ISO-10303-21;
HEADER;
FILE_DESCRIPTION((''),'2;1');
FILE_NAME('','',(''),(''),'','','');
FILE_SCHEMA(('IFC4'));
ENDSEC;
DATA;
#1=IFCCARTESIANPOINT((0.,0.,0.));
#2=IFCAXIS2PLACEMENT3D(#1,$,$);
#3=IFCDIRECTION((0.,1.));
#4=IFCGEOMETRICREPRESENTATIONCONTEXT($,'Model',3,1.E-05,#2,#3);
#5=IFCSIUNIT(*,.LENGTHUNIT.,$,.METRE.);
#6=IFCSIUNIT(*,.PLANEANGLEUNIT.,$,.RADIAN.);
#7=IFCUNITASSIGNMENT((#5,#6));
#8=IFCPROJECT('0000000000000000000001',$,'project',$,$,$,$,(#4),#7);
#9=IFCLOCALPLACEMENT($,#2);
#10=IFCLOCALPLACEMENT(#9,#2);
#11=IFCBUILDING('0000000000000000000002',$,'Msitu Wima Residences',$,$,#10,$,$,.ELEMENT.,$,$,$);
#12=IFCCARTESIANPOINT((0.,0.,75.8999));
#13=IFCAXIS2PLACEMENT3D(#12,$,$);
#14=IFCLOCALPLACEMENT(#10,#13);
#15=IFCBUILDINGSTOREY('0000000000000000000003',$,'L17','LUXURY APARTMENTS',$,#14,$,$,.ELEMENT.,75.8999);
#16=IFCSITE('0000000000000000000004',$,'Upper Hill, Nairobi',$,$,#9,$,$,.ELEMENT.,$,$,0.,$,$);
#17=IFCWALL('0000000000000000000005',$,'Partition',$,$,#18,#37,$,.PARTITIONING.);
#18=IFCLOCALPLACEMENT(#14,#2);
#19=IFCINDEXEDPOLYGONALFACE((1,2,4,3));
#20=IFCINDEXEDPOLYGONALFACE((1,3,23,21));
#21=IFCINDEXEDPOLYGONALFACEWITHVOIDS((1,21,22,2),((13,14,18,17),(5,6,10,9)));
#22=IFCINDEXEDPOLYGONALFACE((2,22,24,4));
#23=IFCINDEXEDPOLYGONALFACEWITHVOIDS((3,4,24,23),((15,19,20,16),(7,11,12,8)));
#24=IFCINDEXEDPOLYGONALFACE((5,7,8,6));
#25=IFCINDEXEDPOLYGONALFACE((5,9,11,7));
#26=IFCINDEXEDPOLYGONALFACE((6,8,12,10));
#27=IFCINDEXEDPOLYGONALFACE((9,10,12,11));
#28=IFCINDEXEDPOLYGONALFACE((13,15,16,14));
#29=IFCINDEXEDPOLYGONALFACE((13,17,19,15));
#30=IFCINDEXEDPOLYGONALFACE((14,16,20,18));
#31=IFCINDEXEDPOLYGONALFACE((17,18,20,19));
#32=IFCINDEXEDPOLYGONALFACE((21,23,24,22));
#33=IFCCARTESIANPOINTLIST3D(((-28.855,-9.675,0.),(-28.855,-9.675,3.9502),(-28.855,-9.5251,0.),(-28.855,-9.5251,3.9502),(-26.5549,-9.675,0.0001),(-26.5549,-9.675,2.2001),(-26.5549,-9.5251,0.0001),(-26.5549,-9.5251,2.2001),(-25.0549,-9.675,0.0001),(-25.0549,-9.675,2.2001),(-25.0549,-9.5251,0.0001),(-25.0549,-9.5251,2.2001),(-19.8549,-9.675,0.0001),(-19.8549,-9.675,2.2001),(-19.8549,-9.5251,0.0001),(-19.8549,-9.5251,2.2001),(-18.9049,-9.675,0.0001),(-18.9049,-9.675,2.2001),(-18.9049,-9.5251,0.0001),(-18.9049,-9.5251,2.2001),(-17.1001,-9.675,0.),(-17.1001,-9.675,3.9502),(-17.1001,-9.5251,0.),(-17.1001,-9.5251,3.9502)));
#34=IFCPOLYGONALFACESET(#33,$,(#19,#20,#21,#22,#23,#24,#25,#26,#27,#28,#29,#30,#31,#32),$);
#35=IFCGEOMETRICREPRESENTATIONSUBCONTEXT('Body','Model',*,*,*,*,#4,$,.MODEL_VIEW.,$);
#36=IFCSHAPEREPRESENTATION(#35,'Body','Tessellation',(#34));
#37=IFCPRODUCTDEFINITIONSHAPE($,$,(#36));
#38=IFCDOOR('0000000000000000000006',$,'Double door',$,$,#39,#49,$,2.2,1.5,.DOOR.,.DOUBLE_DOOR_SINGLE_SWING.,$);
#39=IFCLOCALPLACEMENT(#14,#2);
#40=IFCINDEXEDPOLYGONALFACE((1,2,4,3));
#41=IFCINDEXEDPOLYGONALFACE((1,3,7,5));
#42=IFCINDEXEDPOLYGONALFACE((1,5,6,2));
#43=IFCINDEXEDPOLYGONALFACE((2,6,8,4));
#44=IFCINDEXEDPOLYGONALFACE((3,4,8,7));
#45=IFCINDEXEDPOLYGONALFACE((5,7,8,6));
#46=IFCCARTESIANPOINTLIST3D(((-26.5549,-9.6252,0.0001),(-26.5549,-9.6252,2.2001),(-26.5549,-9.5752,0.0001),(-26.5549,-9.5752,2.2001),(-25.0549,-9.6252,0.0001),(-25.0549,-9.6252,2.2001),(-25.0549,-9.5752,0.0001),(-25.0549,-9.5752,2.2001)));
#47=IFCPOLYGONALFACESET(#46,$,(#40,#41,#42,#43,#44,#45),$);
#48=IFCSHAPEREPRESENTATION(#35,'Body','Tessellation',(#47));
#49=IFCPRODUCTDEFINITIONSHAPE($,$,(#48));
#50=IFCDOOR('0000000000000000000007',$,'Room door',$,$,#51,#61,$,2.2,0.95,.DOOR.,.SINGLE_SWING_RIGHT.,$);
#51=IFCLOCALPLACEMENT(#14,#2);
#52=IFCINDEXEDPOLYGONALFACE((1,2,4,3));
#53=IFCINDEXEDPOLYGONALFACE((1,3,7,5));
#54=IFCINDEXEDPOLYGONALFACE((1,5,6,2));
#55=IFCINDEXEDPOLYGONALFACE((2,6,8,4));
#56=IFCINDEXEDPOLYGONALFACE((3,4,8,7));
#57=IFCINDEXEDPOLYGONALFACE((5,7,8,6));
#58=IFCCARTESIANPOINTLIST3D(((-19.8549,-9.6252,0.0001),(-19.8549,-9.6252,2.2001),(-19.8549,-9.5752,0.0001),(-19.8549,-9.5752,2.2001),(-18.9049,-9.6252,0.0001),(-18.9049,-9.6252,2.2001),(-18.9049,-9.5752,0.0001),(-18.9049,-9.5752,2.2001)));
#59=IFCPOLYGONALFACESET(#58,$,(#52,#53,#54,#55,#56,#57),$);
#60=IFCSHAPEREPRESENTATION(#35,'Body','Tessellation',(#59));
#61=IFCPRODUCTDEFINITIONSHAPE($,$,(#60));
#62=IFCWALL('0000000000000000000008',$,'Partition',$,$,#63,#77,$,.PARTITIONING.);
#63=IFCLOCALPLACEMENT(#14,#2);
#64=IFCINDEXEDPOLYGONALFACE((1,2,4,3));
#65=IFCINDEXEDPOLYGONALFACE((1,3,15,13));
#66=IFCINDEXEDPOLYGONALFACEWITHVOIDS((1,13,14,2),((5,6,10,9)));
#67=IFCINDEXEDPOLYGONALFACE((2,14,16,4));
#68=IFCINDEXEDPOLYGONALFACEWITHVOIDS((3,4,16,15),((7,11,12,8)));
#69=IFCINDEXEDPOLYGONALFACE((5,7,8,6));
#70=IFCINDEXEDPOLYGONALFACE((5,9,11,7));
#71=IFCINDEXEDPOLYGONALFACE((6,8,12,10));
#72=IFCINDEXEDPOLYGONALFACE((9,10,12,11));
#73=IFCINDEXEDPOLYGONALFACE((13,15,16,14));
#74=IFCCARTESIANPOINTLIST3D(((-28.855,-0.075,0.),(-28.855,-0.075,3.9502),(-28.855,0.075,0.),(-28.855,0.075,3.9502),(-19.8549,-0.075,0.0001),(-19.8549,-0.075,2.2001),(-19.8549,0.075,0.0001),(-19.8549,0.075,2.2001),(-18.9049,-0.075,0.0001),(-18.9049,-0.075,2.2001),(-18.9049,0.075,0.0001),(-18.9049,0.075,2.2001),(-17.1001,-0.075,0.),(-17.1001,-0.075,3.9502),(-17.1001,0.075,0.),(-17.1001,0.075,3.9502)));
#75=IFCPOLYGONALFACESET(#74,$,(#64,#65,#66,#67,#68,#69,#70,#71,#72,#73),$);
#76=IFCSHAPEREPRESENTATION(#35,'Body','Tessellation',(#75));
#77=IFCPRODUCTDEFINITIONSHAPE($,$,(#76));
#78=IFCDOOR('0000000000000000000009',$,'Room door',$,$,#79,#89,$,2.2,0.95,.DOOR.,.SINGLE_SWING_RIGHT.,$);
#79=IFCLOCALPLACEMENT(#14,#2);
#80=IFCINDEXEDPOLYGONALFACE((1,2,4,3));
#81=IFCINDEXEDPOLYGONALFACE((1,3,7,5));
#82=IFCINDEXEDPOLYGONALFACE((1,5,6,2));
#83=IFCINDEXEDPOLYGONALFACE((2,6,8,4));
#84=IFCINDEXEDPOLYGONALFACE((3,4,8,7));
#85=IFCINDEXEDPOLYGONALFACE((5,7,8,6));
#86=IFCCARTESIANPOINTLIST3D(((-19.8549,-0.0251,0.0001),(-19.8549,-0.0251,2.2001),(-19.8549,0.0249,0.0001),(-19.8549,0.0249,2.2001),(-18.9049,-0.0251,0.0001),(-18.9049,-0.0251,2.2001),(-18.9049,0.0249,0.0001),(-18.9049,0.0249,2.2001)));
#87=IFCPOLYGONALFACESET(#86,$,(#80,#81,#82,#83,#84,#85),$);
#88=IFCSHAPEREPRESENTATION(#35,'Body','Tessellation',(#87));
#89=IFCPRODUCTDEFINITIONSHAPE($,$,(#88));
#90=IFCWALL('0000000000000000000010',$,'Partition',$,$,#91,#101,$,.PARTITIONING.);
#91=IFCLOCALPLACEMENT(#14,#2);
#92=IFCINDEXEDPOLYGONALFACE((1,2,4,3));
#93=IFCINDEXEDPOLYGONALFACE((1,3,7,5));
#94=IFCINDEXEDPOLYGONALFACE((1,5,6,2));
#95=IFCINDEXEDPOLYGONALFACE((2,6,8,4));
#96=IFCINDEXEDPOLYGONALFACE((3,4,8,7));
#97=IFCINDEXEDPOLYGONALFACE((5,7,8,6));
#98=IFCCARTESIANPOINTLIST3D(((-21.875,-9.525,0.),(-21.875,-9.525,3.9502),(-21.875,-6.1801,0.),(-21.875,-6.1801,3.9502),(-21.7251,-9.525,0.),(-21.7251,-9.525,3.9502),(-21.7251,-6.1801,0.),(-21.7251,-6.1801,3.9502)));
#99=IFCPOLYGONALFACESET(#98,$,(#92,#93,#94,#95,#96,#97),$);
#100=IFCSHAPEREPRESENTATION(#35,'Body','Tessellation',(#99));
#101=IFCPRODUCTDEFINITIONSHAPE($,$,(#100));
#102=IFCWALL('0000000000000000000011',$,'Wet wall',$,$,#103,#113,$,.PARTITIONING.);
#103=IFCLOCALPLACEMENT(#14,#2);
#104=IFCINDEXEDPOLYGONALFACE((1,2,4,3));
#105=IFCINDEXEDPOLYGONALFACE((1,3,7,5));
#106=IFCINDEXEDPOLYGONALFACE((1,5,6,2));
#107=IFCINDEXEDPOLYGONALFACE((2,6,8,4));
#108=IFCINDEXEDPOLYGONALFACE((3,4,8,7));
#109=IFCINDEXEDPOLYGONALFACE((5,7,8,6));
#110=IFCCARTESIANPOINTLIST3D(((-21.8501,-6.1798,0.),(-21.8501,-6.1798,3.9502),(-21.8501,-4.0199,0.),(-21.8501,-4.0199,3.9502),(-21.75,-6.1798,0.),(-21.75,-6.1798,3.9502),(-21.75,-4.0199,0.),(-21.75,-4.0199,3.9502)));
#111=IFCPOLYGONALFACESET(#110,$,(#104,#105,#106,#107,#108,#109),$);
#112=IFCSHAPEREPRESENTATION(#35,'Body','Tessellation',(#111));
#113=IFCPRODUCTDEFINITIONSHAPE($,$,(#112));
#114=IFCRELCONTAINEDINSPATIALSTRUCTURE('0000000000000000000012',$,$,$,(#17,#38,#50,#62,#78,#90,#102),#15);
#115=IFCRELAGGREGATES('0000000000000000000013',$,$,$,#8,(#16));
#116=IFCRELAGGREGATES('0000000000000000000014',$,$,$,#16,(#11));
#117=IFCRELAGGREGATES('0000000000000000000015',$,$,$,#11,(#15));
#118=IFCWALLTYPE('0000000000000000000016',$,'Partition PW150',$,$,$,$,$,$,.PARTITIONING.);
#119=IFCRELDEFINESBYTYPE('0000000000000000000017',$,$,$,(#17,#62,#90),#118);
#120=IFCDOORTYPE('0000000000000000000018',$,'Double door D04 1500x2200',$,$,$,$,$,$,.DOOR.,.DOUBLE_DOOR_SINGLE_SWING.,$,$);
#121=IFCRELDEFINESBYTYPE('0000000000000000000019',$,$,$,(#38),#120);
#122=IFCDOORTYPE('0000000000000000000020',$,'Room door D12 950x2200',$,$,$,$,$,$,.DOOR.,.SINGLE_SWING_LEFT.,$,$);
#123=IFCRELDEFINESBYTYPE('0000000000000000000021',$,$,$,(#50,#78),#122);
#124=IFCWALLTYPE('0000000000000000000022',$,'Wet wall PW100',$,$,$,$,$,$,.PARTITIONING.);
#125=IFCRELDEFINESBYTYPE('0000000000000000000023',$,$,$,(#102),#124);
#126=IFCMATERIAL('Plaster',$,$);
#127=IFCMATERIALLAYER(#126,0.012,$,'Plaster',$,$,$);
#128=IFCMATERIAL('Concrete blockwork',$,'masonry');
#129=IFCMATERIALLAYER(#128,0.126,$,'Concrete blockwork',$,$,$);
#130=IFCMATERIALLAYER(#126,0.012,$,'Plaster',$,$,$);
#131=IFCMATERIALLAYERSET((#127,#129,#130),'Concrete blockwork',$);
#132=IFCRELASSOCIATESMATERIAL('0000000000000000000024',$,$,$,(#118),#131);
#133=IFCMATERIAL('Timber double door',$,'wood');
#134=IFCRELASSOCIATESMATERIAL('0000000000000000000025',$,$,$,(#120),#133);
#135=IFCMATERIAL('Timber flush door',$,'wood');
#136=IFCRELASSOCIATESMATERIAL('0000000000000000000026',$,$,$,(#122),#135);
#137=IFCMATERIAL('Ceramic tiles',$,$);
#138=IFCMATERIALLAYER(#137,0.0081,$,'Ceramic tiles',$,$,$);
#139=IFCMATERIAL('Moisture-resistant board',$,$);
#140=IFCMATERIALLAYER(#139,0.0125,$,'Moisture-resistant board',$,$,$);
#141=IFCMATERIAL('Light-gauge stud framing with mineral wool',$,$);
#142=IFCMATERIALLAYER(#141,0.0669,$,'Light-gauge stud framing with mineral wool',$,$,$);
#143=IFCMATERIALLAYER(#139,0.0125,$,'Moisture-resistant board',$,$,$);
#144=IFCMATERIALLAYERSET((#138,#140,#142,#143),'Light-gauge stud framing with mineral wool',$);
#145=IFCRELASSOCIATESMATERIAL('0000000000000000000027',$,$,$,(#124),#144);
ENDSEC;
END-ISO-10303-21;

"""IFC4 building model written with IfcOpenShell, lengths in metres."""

from ifc_helpers import new_model, si_unit, direction, frame, frame_2d, origin, place, context, subcontext, project, spatial, rectangle, extrude, material, layer, layer_set, type_object, element, fill, save


model = new_model("IFC4")

# Units and contexts
model_context = context("Model", 3, precision=1e-05, world=origin(), true_north=direction((0.0, 1.0)))
body_context = subcontext(model_context, "Body", "Model", "MODEL_VIEW")
ifc_project = project(units=[si_unit("LENGTHUNIT", "METRE"), si_unit("PLANEANGLEUNIT", "RADIAN")], contexts=[model_context])

# Site, building, storey
site_placement = place(None, origin())
site = spatial("IfcSite", under=ifc_project, at=site_placement, Name="Upper Hill, Nairobi", CompositionType="ELEMENT", RefElevation=0.0)
building_placement = place(site_placement, origin())
building = spatial("IfcBuilding", under=site, at=building_placement, Name="Msitu Wima Residences", CompositionType="ELEMENT")
storey_placement = place(building_placement, frame((0.0, 0.0, 75.8999)))
storey = spatial("IfcBuildingStorey", under=building, at=storey_placement, Name="L17", Description="LUXURY APARTMENTS", CompositionType="ELEMENT", Elevation=75.8999)

# Wall, openings, doors
ifc_material_1 = material(Name="Plaster")
ifc_layer_1 = layer(ifc_material_1, 0.012, Name="Plaster")
ifc_material_2 = material(Name="Concrete blockwork", Category="masonry")
ifc_layer_2 = layer(ifc_material_2, 0.126, Name="Concrete blockwork")
ifc_layer_3 = layer(ifc_material_1, 0.012, Name="Plaster")
ifc_layer_set_1 = layer_set([ifc_layer_1, ifc_layer_2, ifc_layer_3], Name="Concrete blockwork")
wall_type_1 = type_object("IfcWallType", Name="Partition PW150", PredefinedType="PARTITIONING", material=ifc_layer_set_1)
wall_1_placement = place(storey_placement, frame((-28.855, -9.6001, 0.0), z_axis=(0.0, 0.0, 1.0), x_axis=(1.0, 0.0, 0.0)))
wall_1 = element("IfcWall", 1, at=wall_1_placement, inside=storey, type_object=wall_type_1, Name="Partition", PredefinedType="PARTITIONING", context=body_context, shape_type="SweptSolid", body=[
    extrude(rectangle(XDim=11.7549, YDim=0.1499, at=frame_2d((5.8774, 0.0))), origin(), (0.0, 0.0, 1.0), 3.9502),
])
opening_1_placement = place(wall_1_placement, frame((2.3, 0.0, 0.0)))
opening_1 = element("IfcOpeningElement", 2, at=opening_1_placement, cuts=wall_1, PredefinedType="OPENING", context=body_context, shape_type="SweptSolid", body=[
    extrude(rectangle(XDim=1.5, YDim=2.2, at=frame_2d((0.75, 1.1001))), frame((0.0, 0.085, 0.0), z_axis=(0.0, -1.0, 0.0), x_axis=(1.0, 0.0, 0.0)), (0.0, 0.0, 1.0), 0.1699),
])
opening_2_placement = place(wall_1_placement, frame((9.0, 0.0, 0.0)))
opening_2 = element("IfcOpeningElement", 3, at=opening_2_placement, cuts=wall_1, PredefinedType="OPENING", context=body_context, shape_type="SweptSolid", body=[
    extrude(rectangle(XDim=0.95, YDim=2.2, at=frame_2d((0.4751, 1.1001))), frame((0.0, 0.085, 0.0), z_axis=(0.0, -1.0, 0.0), x_axis=(1.0, 0.0, 0.0)), (0.0, 0.0, 1.0), 0.1699),
])
ifc_material_3 = material(Name="Timber double door", Category="wood")
door_type_1 = type_object("IfcDoorType", Name="Double door D04 1500x2200", OperationType="DOUBLE_DOOR_SINGLE_SWING", PredefinedType="DOOR", material=ifc_material_3)
door_1_placement = place(opening_1_placement, origin())
door_1 = element("IfcDoor", 4, at=door_1_placement, inside=storey, type_object=door_type_1, Name="Double door", OperationType="DOUBLE_DOOR_SINGLE_SWING", OverallHeight=2.2, OverallWidth=1.5, PredefinedType="DOOR", context=body_context, shape_type="SweptSolid", body=[
    extrude(rectangle(XDim=1.5, YDim=2.2, at=frame_2d((0.75, 1.1001))), frame((0.0, 0.0249, 0.0), z_axis=(0.0, -1.0, 0.0), x_axis=(1.0, 0.0, 0.0)), (0.0, 0.0, 1.0), 0.05),
])
fill(opening_1, door_1)
ifc_material_4 = material(Name="Timber flush door", Category="wood")
door_type_2 = type_object("IfcDoorType", Name="Room door D12 950x2200", OperationType="SINGLE_SWING_LEFT", PredefinedType="DOOR", material=ifc_material_4)
door_2_placement = place(opening_2_placement, origin())
door_2 = element("IfcDoor", 5, at=door_2_placement, inside=storey, type_object=door_type_2, Name="Room door", OperationType="SINGLE_SWING_RIGHT", OverallHeight=2.2, OverallWidth=0.95, PredefinedType="DOOR", context=body_context, shape_type="SweptSolid", body=[
    extrude(rectangle(XDim=0.95, YDim=2.2, at=frame_2d((0.4751, 1.1001))), frame((0.0, 0.0249, 0.0), z_axis=(0.0, -1.0, 0.0), x_axis=(1.0, 0.0, 0.0)), (0.0, 0.0, 1.0), 0.05),
])
fill(opening_2, door_2)

# Wall, opening, door
wall_2_placement = place(storey_placement, frame((-28.855, 0.0, 0.0), z_axis=(0.0, 0.0, 1.0), x_axis=(1.0, 0.0, 0.0)))
wall_2 = element("IfcWall", 6, at=wall_2_placement, inside=storey, type_object=wall_type_1, Name="Partition", PredefinedType="PARTITIONING", context=body_context, shape_type="SweptSolid", body=[
    extrude(rectangle(XDim=11.7549, YDim=0.1499, at=frame_2d((5.8774, 0.0))), origin(), (0.0, 0.0, 1.0), 3.9502),
])
opening_3_placement = place(wall_2_placement, frame((9.0, 0.0, 0.0)))
opening_3 = element("IfcOpeningElement", 7, at=opening_3_placement, cuts=wall_2, PredefinedType="OPENING", context=body_context, shape_type="SweptSolid", body=[
    extrude(rectangle(XDim=0.95, YDim=2.2, at=frame_2d((0.4751, 1.1001))), frame((0.0, 0.085, 0.0), z_axis=(0.0, -1.0, 0.0), x_axis=(1.0, 0.0, 0.0)), (0.0, 0.0, 1.0), 0.1699),
])
door_3_placement = place(opening_3_placement, origin())
door_3 = element("IfcDoor", 8, at=door_3_placement, inside=storey, type_object=door_type_2, Name="Room door", OperationType="SINGLE_SWING_RIGHT", OverallHeight=2.2, OverallWidth=0.95, PredefinedType="DOOR", context=body_context, shape_type="SweptSolid", body=[
    extrude(rectangle(XDim=0.95, YDim=2.2, at=frame_2d((0.4751, 1.1001))), frame((0.0, 0.0249, 0.0), z_axis=(0.0, -1.0, 0.0), x_axis=(1.0, 0.0, 0.0)), (0.0, 0.0, 1.0), 0.05),
])
fill(opening_3, door_3)

# Walls
wall_3_placement = place(storey_placement, frame((-21.8, -9.5249, 0.0), z_axis=(0.0, 0.0, 1.0), x_axis=(0.0, 1.0, 0.0)))
element("IfcWall", 9, at=wall_3_placement, inside=storey, type_object=wall_type_1, Name="Partition", PredefinedType="PARTITIONING", context=body_context, shape_type="SweptSolid", body=[
    extrude(rectangle(XDim=3.345, YDim=0.1499, at=frame_2d((1.6724, 0.0))), origin(), (0.0, 0.0, 1.0), 3.9502),
])
ifc_material_5 = material(Name="Ceramic tiles")
ifc_layer_4 = layer(ifc_material_5, 0.0081, Name="Ceramic tiles")
ifc_material_6 = material(Name="Moisture-resistant board")
ifc_layer_5 = layer(ifc_material_6, 0.0125, Name="Moisture-resistant board")
ifc_material_7 = material(Name="Light-gauge stud framing with mineral wool")
ifc_layer_6 = layer(ifc_material_7, 0.0669, Name="Light-gauge stud framing with mineral wool")
ifc_layer_7 = layer(ifc_material_6, 0.0125, Name="Moisture-resistant board")
ifc_layer_set_2 = layer_set([ifc_layer_4, ifc_layer_5, ifc_layer_6, ifc_layer_7], Name="Light-gauge stud framing with mineral wool")
wall_type_2 = type_object("IfcWallType", Name="Wet wall PW100", PredefinedType="PARTITIONING", material=ifc_layer_set_2)
wall_4_placement = place(storey_placement, frame((-21.8, -6.1799, 0.0), z_axis=(0.0, 0.0, 1.0), x_axis=(0.0, 1.0, 0.0)))
element("IfcWall", 10, at=wall_4_placement, inside=storey, type_object=wall_type_2, Name="Wet wall", PredefinedType="PARTITIONING", context=body_context, shape_type="SweptSolid", body=[
    extrude(rectangle(XDim=2.1599, YDim=0.1001, at=frame_2d((1.0801, 0.0))), origin(), (0.0, 0.0, 1.0), 3.9502),
])

save(model, "model.ifc")
